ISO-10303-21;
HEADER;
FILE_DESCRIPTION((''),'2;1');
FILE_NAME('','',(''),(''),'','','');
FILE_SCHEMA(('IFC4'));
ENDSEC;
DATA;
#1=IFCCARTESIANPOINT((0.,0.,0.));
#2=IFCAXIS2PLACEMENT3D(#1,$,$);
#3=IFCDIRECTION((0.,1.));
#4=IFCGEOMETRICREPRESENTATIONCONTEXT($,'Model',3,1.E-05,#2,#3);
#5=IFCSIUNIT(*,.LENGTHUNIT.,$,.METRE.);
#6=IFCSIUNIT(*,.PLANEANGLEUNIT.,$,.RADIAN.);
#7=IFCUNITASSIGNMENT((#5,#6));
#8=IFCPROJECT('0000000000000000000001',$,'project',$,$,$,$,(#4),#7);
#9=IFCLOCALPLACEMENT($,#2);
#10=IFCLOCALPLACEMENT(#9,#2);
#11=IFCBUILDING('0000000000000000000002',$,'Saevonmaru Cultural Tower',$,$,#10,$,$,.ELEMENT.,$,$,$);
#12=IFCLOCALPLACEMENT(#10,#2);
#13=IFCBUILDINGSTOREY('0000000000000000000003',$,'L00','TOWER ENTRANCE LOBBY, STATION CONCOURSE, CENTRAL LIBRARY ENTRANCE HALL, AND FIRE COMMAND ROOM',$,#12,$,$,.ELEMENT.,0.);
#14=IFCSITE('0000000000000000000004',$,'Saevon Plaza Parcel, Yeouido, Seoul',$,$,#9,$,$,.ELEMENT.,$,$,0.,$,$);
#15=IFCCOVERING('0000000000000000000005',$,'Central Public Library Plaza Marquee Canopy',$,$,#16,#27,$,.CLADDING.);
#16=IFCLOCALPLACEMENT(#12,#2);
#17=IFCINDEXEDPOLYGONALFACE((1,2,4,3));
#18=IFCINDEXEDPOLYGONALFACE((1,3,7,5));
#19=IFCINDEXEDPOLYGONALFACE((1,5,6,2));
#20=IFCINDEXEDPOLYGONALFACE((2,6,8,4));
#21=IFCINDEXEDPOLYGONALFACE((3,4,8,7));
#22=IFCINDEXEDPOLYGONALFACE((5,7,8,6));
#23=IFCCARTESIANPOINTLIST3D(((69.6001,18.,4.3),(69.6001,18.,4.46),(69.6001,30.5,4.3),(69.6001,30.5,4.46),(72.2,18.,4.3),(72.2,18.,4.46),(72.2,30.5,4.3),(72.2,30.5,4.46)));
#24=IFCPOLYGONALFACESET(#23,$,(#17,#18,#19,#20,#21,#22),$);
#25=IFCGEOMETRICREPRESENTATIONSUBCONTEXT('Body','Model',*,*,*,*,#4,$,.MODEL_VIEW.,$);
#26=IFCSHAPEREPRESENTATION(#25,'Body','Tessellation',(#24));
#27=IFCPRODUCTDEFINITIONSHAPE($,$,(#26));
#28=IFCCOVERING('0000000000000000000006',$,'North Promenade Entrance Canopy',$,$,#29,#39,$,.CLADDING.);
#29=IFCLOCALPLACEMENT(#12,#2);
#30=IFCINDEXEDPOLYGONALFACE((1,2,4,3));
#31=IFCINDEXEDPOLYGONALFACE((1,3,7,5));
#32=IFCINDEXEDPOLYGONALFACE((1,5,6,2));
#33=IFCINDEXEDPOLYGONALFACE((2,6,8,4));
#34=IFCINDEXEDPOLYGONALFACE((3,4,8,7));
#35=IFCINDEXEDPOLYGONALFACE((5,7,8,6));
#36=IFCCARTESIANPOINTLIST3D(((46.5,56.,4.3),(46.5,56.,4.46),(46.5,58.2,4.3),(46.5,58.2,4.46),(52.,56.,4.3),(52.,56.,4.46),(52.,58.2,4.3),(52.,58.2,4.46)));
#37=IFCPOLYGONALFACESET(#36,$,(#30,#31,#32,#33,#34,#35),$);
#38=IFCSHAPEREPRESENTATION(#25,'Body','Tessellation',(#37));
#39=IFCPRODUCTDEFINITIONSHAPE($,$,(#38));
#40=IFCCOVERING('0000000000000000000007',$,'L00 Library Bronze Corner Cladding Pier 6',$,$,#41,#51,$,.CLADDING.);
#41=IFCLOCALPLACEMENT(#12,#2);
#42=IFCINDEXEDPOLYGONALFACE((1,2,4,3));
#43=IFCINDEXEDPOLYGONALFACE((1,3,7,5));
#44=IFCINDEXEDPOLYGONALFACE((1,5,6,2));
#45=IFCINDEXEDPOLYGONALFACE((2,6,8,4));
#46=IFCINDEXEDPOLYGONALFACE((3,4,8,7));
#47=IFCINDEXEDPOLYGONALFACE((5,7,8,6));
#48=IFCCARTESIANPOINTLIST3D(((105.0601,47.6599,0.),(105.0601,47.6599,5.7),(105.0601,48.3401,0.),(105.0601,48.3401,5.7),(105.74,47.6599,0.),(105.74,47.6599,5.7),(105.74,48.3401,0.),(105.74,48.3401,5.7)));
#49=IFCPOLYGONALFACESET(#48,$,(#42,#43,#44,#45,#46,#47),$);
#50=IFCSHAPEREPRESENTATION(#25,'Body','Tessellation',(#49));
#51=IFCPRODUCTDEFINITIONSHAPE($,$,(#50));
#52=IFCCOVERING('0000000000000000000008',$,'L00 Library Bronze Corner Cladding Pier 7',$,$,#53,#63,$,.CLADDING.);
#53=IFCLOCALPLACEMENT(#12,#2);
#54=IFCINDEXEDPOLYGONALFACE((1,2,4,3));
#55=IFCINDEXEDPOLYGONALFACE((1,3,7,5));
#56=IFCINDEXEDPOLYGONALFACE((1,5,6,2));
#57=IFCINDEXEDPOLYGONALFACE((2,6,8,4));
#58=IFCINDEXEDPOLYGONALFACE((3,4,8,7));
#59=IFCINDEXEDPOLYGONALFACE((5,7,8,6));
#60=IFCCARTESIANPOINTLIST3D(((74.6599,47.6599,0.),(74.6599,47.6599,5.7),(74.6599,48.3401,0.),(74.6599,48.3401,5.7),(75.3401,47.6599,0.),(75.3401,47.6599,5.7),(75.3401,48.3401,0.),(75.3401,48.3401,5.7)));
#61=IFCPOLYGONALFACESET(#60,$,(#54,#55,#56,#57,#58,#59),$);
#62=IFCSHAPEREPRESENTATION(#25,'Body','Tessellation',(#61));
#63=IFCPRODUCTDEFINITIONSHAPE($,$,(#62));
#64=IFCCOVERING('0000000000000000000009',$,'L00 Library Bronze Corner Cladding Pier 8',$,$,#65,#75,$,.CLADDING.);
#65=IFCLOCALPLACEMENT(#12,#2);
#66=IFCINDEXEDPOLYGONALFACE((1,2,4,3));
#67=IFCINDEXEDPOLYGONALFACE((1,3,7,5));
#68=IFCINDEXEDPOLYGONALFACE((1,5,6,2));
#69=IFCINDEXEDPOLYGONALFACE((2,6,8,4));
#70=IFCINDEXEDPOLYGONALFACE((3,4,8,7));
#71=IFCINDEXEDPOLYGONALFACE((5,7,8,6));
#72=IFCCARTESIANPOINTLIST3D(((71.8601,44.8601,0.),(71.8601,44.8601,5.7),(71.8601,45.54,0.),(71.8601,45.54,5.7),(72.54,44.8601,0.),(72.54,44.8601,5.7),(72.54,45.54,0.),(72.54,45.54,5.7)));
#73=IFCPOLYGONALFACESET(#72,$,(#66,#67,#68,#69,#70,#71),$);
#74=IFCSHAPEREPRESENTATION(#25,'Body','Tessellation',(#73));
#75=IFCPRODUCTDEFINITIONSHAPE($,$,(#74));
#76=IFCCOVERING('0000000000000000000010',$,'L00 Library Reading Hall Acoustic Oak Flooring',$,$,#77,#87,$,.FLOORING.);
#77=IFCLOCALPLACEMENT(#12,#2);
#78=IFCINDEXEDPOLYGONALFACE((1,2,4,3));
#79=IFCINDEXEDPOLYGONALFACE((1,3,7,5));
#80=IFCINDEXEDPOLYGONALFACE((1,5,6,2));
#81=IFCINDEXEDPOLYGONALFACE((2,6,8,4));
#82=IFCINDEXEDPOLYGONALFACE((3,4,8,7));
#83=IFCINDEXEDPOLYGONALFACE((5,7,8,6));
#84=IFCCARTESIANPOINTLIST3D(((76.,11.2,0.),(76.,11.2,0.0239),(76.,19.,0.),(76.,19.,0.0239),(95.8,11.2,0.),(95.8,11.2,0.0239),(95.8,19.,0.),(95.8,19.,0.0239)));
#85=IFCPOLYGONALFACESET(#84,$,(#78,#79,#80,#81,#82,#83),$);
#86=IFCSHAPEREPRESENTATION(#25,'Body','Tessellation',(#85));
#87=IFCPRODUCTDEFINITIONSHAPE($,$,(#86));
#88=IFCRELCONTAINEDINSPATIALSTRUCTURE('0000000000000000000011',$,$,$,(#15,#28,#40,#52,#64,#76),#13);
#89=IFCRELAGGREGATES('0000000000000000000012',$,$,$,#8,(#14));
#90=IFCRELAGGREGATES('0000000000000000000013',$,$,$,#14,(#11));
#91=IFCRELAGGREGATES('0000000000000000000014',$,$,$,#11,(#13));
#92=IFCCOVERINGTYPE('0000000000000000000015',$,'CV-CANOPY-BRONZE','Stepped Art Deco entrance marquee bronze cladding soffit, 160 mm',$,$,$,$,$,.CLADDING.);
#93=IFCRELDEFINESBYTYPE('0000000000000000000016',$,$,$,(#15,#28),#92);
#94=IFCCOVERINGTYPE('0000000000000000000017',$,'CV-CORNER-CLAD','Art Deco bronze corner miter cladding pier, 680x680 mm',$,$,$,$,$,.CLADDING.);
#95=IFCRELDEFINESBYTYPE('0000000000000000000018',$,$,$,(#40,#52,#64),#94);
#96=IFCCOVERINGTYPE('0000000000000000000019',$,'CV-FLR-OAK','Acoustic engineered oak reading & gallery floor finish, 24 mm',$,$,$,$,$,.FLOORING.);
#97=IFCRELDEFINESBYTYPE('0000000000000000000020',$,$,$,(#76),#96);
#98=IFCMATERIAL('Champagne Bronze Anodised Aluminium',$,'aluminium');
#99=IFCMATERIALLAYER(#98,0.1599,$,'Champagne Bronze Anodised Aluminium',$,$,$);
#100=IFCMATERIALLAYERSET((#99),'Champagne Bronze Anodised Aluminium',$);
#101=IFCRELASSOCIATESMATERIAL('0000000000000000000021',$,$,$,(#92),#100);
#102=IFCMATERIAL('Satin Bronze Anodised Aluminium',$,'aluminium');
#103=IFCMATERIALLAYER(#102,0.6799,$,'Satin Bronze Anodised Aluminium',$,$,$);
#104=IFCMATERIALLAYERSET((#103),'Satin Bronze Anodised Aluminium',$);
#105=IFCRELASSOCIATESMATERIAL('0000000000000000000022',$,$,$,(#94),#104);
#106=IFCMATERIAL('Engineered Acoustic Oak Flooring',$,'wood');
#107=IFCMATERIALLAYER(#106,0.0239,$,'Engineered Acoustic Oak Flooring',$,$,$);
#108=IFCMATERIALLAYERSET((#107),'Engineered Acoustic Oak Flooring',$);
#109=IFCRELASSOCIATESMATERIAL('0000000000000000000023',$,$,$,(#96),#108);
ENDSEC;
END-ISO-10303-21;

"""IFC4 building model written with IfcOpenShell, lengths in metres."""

from ifc_helpers import new_model, si_unit, direction, frame, origin, place, context, subcontext, project, spatial, polyline, outline, extrude, material, layer, layer_set, type_object, element, save


model = new_model("IFC4")

# Units and contexts
model_context = context("Model", 3, precision=1e-05, world=origin(), true_north=direction((0.0, 1.0)))
body_context = subcontext(model_context, "Body", "Model", "MODEL_VIEW")
ifc_project = project(units=[si_unit("LENGTHUNIT", "METRE"), si_unit("PLANEANGLEUNIT", "RADIAN")], contexts=[model_context])

# Site, building, storey
site_placement = place(None, origin())
site = spatial("IfcSite", under=ifc_project, at=site_placement, Name="Saevon Plaza Parcel, Yeouido, Seoul", CompositionType="ELEMENT", RefElevation=0.0)
building_placement = place(site_placement, origin())
building = spatial("IfcBuilding", under=site, at=building_placement, Name="Saevonmaru Cultural Tower", CompositionType="ELEMENT")
storey_placement = place(building_placement, origin())
storey = spatial("IfcBuildingStorey", under=building, at=storey_placement, Name="L00", Description="TOWER ENTRANCE LOBBY, STATION CONCOURSE, CENTRAL LIBRARY ENTRANCE HALL, AND FIRE COMMAND ROOM", CompositionType="ELEMENT", Elevation=0.0)

# Shared definitions
ifc_material_1 = material(Name="Satin Bronze Anodised Aluminium", Category="aluminium")

# Coverings
ifc_material_2 = material(Name="Champagne Bronze Anodised Aluminium", Category="aluminium")
ifc_layer_1 = layer(ifc_material_2, 0.1599, Name="Champagne Bronze Anodised Aluminium")
ifc_layer_set_1 = layer_set([ifc_layer_1], Name="Champagne Bronze Anodised Aluminium")
covering_type_1 = type_object("IfcCoveringType", Name="CV-CANOPY-BRONZE", Description="Stepped Art Deco entrance marquee bronze cladding soffit, 160 mm", PredefinedType="CLADDING", material=ifc_layer_set_1)
covering_1_placement = place(storey_placement, frame((0.0, 0.0, 4.3)))
element("IfcCovering", 1, at=covering_1_placement, inside=storey, type_object=covering_type_1, Name="Central Public Library Plaza Marquee Canopy", PredefinedType="CLADDING", context=body_context, shape_type="SweptSolid", body=[
    extrude(outline(polyline([(69.6001, 18.0), (72.2, 18.0), (72.2, 30.5), (69.6001, 30.5), (69.6001, 18.0)])), origin(), (0.0, 0.0, 1.0), 0.1599),
])
covering_2_placement = place(storey_placement, frame((0.0, 0.0, 4.3)))
element("IfcCovering", 2, at=covering_2_placement, inside=storey, type_object=covering_type_1, Name="North Promenade Entrance Canopy", PredefinedType="CLADDING", context=body_context, shape_type="SweptSolid", body=[
    extrude(outline(polyline([(46.5, 56.0), (52.0, 56.0), (52.0, 58.2), (46.5, 58.2), (46.5, 56.0)])), origin(), (0.0, 0.0, 1.0), 0.1599),
])
ifc_layer_2 = layer(ifc_material_1, 0.6799, Name="Satin Bronze Anodised Aluminium")
ifc_layer_set_2 = layer_set([ifc_layer_2], Name="Satin Bronze Anodised Aluminium")
covering_type_2 = type_object("IfcCoveringType", Name="CV-CORNER-CLAD", Description="Art Deco bronze corner miter cladding pier, 680x680 mm", PredefinedType="CLADDING", material=ifc_layer_set_2)
covering_3_placement = place(storey_placement, origin())
element("IfcCovering", 3, at=covering_3_placement, inside=storey, type_object=covering_type_2, Name="L00 Library Bronze Corner Cladding Pier 6", PredefinedType="CLADDING", context=body_context, shape_type="SweptSolid", body=[
    extrude(outline(polyline([(105.0601, 47.6599), (105.74, 47.6599), (105.74, 48.3401), (105.0601, 48.3401), (105.0601, 47.6599)])), origin(), (0.0, 0.0, 1.0), 5.7),
])
covering_4_placement = place(storey_placement, origin())
element("IfcCovering", 4, at=covering_4_placement, inside=storey, type_object=covering_type_2, Name="L00 Library Bronze Corner Cladding Pier 7", PredefinedType="CLADDING", context=body_context, shape_type="SweptSolid", body=[
    extrude(outline(polyline([(74.6599, 47.6599), (75.3401, 47.6599), (75.3401, 48.3401), (74.6599, 48.3401), (74.6599, 47.6599)])), origin(), (0.0, 0.0, 1.0), 5.7),
])
covering_5_placement = place(storey_placement, origin())
element("IfcCovering", 5, at=covering_5_placement, inside=storey, type_object=covering_type_2, Name="L00 Library Bronze Corner Cladding Pier 8", PredefinedType="CLADDING", context=body_context, shape_type="SweptSolid", body=[
    extrude(outline(polyline([(71.8601, 44.8601), (72.54, 44.8601), (72.54, 45.54), (71.8601, 45.54), (71.8601, 44.8601)])), origin(), (0.0, 0.0, 1.0), 5.7),
])
ifc_material_3 = material(Name="Engineered Acoustic Oak Flooring", Category="wood")
ifc_layer_3 = layer(ifc_material_3, 0.0239, Name="Engineered Acoustic Oak Flooring")
ifc_layer_set_3 = layer_set([ifc_layer_3], Name="Engineered Acoustic Oak Flooring")
covering_type_3 = type_object("IfcCoveringType", Name="CV-FLR-OAK", Description="Acoustic engineered oak reading & gallery floor finish, 24 mm", PredefinedType="FLOORING", material=ifc_layer_set_3)
covering_6_placement = place(storey_placement, origin())
element("IfcCovering", 6, at=covering_6_placement, inside=storey, type_object=covering_type_3, Name="L00 Library Reading Hall Acoustic Oak Flooring", PredefinedType="FLOORING", context=body_context, shape_type="SweptSolid", body=[
    extrude(outline(polyline([(76.0, 11.2), (95.8, 11.2), (95.8, 19.0), (76.0, 19.0), (76.0, 11.2)])), origin(), (0.0, 0.0, 1.0), 0.0239),
])

save(model, "model.ifc")
